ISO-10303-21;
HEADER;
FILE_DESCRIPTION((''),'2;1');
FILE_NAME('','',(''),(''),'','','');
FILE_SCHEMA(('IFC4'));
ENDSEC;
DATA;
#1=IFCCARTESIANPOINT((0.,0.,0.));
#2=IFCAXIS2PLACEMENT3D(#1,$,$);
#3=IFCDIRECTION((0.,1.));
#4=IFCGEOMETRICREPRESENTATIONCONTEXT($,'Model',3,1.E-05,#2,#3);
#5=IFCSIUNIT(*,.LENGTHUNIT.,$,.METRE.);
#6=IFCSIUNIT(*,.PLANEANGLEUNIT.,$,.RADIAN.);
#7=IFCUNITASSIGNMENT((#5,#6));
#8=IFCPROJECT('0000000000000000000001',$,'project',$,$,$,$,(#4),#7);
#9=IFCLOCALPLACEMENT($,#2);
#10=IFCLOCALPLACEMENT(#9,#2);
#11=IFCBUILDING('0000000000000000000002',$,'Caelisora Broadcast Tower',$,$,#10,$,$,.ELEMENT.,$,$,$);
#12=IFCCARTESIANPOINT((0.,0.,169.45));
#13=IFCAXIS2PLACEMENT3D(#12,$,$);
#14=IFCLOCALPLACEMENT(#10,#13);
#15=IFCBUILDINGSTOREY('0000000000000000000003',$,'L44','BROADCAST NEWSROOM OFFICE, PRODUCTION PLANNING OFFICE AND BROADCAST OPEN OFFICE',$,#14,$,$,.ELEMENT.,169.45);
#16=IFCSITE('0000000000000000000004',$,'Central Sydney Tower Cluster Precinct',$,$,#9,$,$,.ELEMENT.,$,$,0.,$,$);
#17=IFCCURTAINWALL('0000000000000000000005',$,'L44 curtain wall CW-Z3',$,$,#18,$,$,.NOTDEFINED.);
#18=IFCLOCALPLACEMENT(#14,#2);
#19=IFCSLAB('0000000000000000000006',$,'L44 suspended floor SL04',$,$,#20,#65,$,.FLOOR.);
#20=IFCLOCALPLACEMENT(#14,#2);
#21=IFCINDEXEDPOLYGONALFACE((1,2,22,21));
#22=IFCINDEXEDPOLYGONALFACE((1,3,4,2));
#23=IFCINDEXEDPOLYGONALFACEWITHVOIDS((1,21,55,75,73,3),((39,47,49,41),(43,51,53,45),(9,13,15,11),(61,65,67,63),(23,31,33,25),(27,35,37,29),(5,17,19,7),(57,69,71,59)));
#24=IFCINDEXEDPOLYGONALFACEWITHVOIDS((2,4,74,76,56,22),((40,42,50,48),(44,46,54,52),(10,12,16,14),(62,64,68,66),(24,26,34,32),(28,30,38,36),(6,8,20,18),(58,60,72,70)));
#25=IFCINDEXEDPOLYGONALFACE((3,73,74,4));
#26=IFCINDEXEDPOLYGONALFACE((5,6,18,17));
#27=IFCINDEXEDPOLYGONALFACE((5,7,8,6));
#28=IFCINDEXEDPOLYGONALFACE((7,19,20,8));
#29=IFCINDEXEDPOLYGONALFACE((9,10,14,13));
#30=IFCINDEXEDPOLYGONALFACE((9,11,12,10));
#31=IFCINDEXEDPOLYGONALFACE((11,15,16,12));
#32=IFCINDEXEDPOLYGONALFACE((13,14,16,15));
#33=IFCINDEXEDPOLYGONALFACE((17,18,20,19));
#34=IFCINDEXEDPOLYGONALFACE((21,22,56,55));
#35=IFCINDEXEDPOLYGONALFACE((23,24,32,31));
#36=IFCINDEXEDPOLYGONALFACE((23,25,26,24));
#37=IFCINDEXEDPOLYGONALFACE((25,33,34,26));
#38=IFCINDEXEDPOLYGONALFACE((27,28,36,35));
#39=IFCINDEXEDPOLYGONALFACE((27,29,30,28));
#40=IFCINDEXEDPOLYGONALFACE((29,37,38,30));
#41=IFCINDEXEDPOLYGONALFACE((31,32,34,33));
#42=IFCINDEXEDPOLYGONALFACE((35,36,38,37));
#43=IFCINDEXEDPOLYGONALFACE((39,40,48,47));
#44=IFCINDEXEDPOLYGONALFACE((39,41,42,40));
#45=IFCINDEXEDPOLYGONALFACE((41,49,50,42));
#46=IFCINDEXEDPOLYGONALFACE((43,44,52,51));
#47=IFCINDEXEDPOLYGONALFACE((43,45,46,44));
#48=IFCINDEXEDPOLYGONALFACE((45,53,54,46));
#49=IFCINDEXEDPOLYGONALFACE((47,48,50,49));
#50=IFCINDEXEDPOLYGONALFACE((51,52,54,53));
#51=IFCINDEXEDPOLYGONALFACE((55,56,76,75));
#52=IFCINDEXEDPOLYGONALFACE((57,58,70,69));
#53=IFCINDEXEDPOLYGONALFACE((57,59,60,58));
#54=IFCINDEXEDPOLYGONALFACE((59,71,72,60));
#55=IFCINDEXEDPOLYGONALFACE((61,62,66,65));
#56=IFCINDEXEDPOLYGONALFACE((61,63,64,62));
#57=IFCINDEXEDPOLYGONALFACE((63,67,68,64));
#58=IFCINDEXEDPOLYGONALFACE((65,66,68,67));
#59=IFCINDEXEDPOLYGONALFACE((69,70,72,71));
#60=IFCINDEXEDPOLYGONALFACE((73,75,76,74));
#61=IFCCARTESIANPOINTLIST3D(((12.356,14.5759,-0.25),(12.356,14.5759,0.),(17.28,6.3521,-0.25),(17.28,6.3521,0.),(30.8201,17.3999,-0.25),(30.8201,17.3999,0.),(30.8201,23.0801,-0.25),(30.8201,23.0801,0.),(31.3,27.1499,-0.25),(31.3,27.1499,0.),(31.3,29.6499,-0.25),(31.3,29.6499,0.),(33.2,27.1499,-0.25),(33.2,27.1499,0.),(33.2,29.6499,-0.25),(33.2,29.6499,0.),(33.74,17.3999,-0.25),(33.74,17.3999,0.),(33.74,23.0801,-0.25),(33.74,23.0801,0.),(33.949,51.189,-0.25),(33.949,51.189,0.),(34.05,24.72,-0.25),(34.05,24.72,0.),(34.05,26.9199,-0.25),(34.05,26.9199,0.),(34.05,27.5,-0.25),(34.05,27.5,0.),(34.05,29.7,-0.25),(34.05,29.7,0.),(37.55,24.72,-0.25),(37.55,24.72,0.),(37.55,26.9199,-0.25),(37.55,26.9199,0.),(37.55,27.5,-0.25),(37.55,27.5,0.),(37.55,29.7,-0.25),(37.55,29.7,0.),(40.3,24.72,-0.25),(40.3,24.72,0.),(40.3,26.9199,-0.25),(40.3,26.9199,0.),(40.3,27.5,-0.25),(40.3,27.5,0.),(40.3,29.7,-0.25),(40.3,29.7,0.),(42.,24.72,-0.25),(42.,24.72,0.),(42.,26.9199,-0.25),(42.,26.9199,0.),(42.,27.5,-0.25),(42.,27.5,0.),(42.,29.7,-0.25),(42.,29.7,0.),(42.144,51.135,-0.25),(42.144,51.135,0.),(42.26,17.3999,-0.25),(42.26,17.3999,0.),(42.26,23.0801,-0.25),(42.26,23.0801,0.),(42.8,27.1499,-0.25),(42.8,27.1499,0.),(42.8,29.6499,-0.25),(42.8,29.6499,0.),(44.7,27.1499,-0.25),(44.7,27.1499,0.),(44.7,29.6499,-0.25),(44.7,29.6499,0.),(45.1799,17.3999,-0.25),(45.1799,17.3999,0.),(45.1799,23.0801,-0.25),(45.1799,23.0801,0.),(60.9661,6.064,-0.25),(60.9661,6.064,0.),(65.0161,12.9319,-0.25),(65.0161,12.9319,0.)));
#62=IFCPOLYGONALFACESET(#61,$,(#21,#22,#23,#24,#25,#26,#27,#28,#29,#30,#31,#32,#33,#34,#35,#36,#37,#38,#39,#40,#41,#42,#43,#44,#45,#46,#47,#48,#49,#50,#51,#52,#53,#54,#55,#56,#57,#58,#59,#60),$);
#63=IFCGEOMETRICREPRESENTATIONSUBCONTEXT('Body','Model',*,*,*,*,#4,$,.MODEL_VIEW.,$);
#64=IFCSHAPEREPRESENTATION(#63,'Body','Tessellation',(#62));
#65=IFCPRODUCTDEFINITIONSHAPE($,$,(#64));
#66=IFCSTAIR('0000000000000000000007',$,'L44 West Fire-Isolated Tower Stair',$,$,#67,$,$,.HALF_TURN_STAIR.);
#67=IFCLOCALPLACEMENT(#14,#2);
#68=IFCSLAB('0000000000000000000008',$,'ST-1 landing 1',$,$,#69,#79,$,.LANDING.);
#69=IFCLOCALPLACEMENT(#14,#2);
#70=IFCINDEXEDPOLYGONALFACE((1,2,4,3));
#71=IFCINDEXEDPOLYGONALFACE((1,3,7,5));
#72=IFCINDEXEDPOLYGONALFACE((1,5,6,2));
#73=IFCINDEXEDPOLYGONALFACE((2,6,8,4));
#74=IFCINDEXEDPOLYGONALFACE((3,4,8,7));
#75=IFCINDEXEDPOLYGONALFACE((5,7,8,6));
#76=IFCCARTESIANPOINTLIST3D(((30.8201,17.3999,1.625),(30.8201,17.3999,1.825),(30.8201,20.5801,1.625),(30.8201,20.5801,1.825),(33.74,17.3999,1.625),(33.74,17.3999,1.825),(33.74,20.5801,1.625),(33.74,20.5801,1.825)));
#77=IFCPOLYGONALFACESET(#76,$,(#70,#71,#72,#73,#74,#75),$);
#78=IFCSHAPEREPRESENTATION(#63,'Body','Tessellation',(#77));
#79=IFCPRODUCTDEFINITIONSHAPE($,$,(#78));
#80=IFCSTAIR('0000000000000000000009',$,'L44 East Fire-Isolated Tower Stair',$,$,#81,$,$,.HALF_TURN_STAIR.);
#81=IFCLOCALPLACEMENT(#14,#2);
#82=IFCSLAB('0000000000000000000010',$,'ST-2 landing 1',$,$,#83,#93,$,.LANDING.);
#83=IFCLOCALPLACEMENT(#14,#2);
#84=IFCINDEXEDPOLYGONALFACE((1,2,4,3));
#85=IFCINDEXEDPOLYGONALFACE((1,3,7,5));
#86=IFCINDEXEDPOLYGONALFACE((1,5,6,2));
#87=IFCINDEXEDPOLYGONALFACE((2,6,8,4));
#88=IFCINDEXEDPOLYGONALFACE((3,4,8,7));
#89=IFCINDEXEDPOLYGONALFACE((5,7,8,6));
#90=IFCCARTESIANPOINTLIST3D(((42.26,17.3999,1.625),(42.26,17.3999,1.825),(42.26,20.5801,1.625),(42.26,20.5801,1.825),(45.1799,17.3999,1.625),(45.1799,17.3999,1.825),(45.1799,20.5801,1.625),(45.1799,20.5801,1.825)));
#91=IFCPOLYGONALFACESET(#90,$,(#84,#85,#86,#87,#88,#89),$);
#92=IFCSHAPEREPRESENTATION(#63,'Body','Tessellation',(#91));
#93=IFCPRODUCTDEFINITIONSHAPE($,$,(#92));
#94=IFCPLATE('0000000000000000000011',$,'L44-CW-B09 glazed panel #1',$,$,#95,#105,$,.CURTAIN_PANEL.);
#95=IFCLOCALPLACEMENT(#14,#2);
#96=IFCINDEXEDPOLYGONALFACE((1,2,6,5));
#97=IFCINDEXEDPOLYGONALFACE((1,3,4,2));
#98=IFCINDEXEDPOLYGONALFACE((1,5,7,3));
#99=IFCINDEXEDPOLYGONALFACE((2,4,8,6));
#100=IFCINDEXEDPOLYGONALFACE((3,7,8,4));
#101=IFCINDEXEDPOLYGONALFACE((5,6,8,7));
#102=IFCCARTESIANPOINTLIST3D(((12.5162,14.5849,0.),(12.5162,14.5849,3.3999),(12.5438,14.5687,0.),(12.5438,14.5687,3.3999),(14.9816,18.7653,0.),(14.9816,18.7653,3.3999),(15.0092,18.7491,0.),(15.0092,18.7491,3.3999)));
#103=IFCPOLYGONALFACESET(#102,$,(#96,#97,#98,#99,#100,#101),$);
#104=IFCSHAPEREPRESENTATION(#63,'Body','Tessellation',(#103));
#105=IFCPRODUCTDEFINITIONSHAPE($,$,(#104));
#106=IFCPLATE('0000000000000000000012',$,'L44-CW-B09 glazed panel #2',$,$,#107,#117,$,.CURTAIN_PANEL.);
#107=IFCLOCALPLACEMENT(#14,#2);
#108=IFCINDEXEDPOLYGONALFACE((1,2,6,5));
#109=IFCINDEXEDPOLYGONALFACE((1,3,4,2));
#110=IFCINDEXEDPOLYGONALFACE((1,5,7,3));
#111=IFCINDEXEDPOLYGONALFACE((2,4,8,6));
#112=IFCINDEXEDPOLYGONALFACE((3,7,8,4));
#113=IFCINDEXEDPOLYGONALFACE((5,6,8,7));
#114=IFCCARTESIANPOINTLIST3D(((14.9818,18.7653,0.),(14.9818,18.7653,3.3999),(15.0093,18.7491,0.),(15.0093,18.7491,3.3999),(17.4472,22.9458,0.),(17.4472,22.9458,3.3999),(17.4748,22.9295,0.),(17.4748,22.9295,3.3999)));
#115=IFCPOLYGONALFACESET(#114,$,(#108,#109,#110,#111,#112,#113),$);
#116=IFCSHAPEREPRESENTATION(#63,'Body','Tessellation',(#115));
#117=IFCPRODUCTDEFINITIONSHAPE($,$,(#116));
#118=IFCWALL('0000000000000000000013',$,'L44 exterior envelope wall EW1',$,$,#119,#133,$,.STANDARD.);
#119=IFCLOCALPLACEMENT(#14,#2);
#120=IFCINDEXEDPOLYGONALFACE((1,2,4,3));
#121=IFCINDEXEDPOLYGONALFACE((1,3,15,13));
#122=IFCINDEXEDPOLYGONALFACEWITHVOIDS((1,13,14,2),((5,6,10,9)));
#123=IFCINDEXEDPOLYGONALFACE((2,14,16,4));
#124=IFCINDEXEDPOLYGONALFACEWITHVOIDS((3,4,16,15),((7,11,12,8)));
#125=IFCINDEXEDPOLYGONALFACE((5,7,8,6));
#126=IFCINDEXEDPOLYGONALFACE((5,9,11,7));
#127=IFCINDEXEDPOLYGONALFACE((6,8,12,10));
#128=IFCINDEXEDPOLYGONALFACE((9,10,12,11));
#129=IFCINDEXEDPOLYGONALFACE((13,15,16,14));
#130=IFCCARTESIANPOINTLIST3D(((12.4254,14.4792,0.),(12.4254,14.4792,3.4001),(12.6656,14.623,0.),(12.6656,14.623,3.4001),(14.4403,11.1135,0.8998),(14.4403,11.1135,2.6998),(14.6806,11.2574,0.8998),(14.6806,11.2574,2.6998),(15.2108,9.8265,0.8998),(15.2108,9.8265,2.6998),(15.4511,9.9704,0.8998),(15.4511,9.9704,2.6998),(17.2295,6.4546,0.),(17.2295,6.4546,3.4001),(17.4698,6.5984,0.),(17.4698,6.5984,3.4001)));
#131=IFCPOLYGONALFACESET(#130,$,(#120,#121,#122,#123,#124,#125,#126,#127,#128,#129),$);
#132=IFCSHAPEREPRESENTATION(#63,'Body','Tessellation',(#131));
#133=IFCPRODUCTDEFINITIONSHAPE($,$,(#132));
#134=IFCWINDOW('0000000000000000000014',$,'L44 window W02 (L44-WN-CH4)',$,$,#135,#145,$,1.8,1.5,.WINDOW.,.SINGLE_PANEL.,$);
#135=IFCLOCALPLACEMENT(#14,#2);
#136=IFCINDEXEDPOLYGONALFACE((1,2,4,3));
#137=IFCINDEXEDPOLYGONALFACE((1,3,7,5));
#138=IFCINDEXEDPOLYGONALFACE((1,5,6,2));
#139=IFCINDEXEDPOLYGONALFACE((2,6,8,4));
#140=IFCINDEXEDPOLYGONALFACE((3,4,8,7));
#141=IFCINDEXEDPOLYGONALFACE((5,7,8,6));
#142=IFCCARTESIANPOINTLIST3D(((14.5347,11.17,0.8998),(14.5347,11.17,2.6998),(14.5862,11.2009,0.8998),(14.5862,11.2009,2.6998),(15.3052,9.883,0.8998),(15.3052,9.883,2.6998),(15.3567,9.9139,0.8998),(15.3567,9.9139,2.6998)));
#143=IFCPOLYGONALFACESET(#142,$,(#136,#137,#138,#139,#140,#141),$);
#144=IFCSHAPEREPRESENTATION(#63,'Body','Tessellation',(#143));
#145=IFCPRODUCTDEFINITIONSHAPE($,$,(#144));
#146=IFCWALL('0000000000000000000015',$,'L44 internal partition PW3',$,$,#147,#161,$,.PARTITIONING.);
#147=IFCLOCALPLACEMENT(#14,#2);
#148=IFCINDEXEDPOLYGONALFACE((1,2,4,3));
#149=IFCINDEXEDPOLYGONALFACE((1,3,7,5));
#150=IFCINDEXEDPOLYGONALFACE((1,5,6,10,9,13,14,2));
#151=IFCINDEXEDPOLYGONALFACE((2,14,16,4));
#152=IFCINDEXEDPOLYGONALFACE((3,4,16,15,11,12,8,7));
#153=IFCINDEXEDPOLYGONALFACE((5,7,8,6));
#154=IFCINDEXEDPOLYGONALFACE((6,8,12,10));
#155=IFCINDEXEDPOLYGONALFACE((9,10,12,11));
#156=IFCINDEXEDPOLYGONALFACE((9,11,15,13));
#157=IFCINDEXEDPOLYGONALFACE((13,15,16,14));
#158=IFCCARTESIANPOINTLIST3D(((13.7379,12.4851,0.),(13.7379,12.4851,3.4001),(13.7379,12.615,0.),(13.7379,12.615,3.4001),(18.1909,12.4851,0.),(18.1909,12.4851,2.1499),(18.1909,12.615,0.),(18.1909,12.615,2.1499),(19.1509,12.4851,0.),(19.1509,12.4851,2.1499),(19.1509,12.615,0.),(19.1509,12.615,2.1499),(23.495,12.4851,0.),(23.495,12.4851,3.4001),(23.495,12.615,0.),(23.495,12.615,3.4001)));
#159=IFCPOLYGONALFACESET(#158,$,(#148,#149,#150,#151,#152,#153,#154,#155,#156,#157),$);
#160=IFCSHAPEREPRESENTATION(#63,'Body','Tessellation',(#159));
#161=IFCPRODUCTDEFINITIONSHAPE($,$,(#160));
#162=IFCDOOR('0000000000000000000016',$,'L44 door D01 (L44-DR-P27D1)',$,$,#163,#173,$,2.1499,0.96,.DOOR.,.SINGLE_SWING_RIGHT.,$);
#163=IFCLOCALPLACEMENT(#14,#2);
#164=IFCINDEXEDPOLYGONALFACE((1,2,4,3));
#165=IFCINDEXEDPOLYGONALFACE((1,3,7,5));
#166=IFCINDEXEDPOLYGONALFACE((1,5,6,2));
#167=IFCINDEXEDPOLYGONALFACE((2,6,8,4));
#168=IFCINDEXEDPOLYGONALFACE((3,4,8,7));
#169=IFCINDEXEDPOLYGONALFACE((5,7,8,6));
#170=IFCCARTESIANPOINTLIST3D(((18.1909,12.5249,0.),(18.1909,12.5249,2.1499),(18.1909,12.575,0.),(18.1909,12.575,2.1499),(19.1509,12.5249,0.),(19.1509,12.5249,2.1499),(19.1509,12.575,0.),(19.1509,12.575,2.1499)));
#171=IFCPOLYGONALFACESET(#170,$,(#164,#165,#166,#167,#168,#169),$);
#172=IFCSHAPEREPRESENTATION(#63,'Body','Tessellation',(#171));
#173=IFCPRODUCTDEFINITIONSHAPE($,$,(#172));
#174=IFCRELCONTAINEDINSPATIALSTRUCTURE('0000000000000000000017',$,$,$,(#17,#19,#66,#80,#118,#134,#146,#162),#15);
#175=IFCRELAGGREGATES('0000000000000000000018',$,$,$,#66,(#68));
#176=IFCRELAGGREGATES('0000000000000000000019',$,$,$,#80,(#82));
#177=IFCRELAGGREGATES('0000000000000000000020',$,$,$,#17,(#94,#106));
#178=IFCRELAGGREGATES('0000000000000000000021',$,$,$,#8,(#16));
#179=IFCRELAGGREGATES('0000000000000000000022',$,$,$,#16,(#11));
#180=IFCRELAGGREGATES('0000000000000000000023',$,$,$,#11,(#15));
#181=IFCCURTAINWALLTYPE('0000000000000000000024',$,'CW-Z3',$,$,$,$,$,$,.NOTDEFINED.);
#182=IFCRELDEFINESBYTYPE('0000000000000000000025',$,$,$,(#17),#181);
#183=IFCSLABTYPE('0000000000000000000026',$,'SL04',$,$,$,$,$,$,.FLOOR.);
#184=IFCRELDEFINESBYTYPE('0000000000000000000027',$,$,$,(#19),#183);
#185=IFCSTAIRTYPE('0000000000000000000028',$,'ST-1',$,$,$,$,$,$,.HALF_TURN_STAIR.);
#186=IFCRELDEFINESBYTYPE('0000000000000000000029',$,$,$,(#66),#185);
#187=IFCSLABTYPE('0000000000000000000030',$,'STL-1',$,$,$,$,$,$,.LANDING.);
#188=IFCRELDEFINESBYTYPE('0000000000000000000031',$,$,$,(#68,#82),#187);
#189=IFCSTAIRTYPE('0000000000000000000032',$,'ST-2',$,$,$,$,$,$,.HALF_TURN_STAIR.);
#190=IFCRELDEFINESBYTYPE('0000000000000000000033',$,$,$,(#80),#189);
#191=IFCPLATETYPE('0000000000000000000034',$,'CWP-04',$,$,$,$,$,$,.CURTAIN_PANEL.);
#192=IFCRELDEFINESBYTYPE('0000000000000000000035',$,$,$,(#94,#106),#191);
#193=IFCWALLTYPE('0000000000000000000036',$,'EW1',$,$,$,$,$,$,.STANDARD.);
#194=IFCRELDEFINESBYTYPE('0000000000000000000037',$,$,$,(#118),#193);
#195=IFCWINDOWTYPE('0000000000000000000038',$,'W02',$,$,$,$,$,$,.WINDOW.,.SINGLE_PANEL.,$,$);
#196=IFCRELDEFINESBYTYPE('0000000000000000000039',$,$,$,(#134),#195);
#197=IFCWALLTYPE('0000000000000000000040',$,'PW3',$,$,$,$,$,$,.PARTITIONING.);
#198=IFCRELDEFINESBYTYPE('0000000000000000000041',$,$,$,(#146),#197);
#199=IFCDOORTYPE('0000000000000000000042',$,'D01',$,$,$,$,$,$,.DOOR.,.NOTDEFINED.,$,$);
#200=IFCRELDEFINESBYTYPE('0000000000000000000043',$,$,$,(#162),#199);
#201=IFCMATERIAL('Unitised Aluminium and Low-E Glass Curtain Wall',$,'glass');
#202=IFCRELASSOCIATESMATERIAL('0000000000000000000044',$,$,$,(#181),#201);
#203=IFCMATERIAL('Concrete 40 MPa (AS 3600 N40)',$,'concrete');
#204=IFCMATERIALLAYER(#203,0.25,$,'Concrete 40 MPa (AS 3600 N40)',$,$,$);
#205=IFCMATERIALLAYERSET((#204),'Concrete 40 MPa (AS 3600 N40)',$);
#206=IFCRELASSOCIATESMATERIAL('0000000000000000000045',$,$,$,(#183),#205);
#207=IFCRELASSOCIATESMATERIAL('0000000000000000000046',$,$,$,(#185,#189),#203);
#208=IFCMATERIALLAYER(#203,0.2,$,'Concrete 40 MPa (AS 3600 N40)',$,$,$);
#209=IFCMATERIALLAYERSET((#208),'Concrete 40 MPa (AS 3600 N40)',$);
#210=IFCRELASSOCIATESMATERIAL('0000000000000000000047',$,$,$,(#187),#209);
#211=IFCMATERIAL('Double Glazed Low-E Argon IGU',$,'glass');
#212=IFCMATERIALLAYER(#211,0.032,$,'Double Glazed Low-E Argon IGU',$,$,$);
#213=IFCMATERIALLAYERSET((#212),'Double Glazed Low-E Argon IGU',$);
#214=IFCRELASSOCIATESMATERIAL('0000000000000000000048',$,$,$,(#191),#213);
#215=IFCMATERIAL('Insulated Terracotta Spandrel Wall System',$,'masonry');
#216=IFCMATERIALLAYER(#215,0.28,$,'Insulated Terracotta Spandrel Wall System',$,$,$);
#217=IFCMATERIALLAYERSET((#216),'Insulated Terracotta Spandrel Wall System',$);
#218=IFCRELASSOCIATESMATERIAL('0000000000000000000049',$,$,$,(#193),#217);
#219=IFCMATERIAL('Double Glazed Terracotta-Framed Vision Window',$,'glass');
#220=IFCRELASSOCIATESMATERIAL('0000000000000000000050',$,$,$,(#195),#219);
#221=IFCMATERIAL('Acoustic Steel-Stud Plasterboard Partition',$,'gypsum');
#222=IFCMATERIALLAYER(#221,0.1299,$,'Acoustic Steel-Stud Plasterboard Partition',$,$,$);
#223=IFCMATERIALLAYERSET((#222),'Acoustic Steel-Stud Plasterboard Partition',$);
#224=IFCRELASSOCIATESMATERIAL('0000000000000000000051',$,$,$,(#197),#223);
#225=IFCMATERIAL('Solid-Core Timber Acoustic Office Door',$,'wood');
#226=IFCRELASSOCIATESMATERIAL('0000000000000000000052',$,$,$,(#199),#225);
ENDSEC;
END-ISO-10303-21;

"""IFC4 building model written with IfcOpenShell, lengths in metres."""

from ifc_helpers import new_model, si_unit, direction, frame, frame_2d, origin, origin_2d, place, context, subcontext, project, spatial, polyline, rectangle, outline, extrude, source, transform, mapped, material, layer, layer_set, type_object, type_shapes, element, fill, aggregate, save


model = new_model("IFC4")

# Units and contexts
model_context = context("Model", 3, precision=1e-05, world=origin(), true_north=direction((0.0, 1.0)))
body_context = subcontext(model_context, "Body", "Model", "MODEL_VIEW")
ifc_project = project(units=[si_unit("LENGTHUNIT", "METRE"), si_unit("PLANEANGLEUNIT", "RADIAN")], contexts=[model_context])

# Site, building, storey
site_placement = place(None, origin())
site = spatial("IfcSite", under=ifc_project, at=site_placement, Name="Central Sydney Tower Cluster Precinct", CompositionType="ELEMENT", RefElevation=0.0)
building_placement = place(site_placement, origin())
building = spatial("IfcBuilding", under=site, at=building_placement, Name="Caelisora Broadcast Tower", CompositionType="ELEMENT")
storey_placement = place(building_placement, frame((0.0, 0.0, 169.45)))
storey = spatial("IfcBuildingStorey", under=building, at=storey_placement, Name="L44", Description="BROADCAST NEWSROOM OFFICE, PRODUCTION PLANNING OFFICE AND BROADCAST OPEN OFFICE", CompositionType="ELEMENT", Elevation=169.45)

# Shared definitions
ifc_material_1 = material(Name="Unitised Aluminium and Low-E Glass Curtain Wall", Category="glass")
curtain_wall_type = type_object("IfcCurtainWallType", Name="CW-Z3", PredefinedType="NOTDEFINED", material=ifc_material_1)

# Curtain wall
curtain_wall_1_placement = place(storey_placement, origin())
curtain_wall_1 = element("IfcCurtainWall", 1, at=curtain_wall_1_placement, inside=storey, type_object=curtain_wall_type, Name="L44 curtain wall CW-Z3", PredefinedType="NOTDEFINED")

# Slab
ifc_material_2 = material(Name="Concrete 40 MPa (AS 3600 N40)", Category="concrete")
ifc_layer_1 = layer(ifc_material_2, 0.25, Name="Concrete 40 MPa (AS 3600 N40)")
ifc_layer_set_1 = layer_set([ifc_layer_1], Name="Concrete 40 MPa (AS 3600 N40)")
slab_type_1 = type_object("IfcSlabType", Name="SL04", PredefinedType="FLOOR", material=ifc_layer_set_1)
slab_1_placement = place(storey_placement, frame((0.0, 0.0, -0.25)))
element("IfcSlab", 2, at=slab_1_placement, inside=storey, type_object=slab_type_1, Name="L44 suspended floor SL04", PredefinedType="FLOOR", context=body_context, shape_type="SweptSolid", body=[
    extrude(outline(polyline([(42.144, 51.135), (33.949, 51.189), (12.356, 14.5759), (17.28, 6.3521), (60.9661, 6.064), (65.0161, 12.9319), (42.144, 51.135)]), holes=[polyline([(30.8201, 17.3999), (33.74, 17.3999), (33.74, 23.0801), (30.8201, 23.0801), (30.8201, 17.3999)]), polyline([(42.26, 17.3999), (45.1799, 17.3999), (45.1799, 23.0801), (42.26, 23.0801), (42.26, 17.3999)]), polyline([(42.8, 27.1499), (44.7, 27.1499), (44.7, 29.6499), (42.8, 29.6499), (42.8, 27.1499)]), polyline([(40.3, 24.72), (42.0, 24.72), (42.0, 26.9199), (40.3, 26.9199), (40.3, 24.72)]), polyline([(40.3, 27.5), (42.0, 27.5), (42.0, 29.7), (40.3, 29.7), (40.3, 27.5)]), polyline([(34.05, 24.72), (37.55, 24.72), (37.55, 26.9199), (34.05, 26.9199), (34.05, 24.72)]), polyline([(34.05, 27.5), (37.55, 27.5), (37.55, 29.7), (34.05, 29.7), (34.05, 27.5)]), polyline([(31.3, 27.1499), (33.2, 27.1499), (33.2, 29.6499), (31.3, 29.6499), (31.3, 27.1499)])]), origin(), (0.0, 0.0, 1.0), 0.25),
])

# Stairs, slabs
stair_type_1 = type_object("IfcStairType", Name="ST-1", PredefinedType="HALF_TURN_STAIR", material=ifc_material_2)
stair_1_placement = place(storey_placement, origin())
stair_1 = element("IfcStair", 3, at=stair_1_placement, inside=storey, type_object=stair_type_1, Name="L44 West Fire-Isolated Tower Stair", PredefinedType="HALF_TURN_STAIR")
ifc_layer_2 = layer(ifc_material_2, 0.2, Name="Concrete 40 MPa (AS 3600 N40)")
ifc_layer_set_2 = layer_set([ifc_layer_2], Name="Concrete 40 MPa (AS 3600 N40)")
slab_type_2 = type_object("IfcSlabType", Name="STL-1", PredefinedType="LANDING", material=ifc_layer_set_2)
slab_2_placement = place(storey_placement, frame((0.0, 0.0, 1.625)))
slab_2 = element("IfcSlab", 4, at=slab_2_placement, type_object=slab_type_2, Name="ST-1 landing 1", PredefinedType="LANDING", context=body_context, shape_type="SweptSolid", body=[
    extrude(outline(polyline([(30.8201, 20.5801), (30.8201, 17.3999), (33.74, 17.3999), (33.74, 20.5801), (30.8201, 20.5801)])), origin(), (0.0, 0.0, 1.0), 0.2),
])
aggregate(stair_1, [slab_2])
stair_type_2 = type_object("IfcStairType", Name="ST-2", PredefinedType="HALF_TURN_STAIR", material=ifc_material_2)
stair_2_placement = place(storey_placement, origin())
stair_2 = element("IfcStair", 5, at=stair_2_placement, inside=storey, type_object=stair_type_2, Name="L44 East Fire-Isolated Tower Stair", PredefinedType="HALF_TURN_STAIR")
slab_3_placement = place(storey_placement, frame((0.0, 0.0, 1.625)))
slab_3 = element("IfcSlab", 6, at=slab_3_placement, type_object=slab_type_2, Name="ST-2 landing 1", PredefinedType="LANDING", context=body_context, shape_type="SweptSolid", body=[
    extrude(outline(polyline([(42.26, 20.5801), (42.26, 17.3999), (45.1799, 17.3999), (45.1799, 20.5801), (42.26, 20.5801)])), origin(), (0.0, 0.0, 1.0), 0.2),
])
aggregate(stair_2, [slab_3])

# Plates
ifc_material_3 = material(Name="Double Glazed Low-E Argon IGU", Category="glass")
ifc_layer_3 = layer(ifc_material_3, 0.032, Name="Double Glazed Low-E Argon IGU")
ifc_layer_set_3 = layer_set([ifc_layer_3], Name="Double Glazed Low-E Argon IGU")
plate_type = type_object("IfcPlateType", Name="CWP-04", PredefinedType="CURTAIN_PANEL", material=ifc_layer_set_3)
shared_shape_1 = source(origin(), body_context, "Body", "SweptSolid", [
    extrude(rectangle(XDim=4.8533, YDim=0.032, at=origin_2d()), origin(), (0.0, 0.0, 1.0), 3.3999),
])
type_shapes(plate_type, [shared_shape_1])
plate_1_placement = place(storey_placement, frame((13.7627, 16.667, 0.0), z_axis=(0.0, 0.0, 1.0), x_axis=(0.507989, 0.861363, 0.0)))
plate_1 = element("IfcPlate", 7, at=plate_1_placement, type_object=plate_type, Name="L44-CW-B09 glazed panel #1", PredefinedType="CURTAIN_PANEL", context=body_context, shape_type="MappedRepresentation", body=[
    mapped(shared_shape_1, transform((0.0, 0.0, 0.0), scale=1.0)),
])
plate_2_placement = place(storey_placement, frame((16.2283, 20.8474, 0.0), z_axis=(0.0, 0.0, 1.0), x_axis=(0.507989, 0.861363, 0.0)))
plate_2 = element("IfcPlate", 8, at=plate_2_placement, type_object=plate_type, Name="L44-CW-B09 glazed panel #2", PredefinedType="CURTAIN_PANEL", context=body_context, shape_type="MappedRepresentation", body=[
    mapped(shared_shape_1, transform((0.0, 0.0, 0.0), scale=1.0)),
])
aggregate(curtain_wall_1, [plate_1, plate_2])

# Wall, opening, window
ifc_material_4 = material(Name="Insulated Terracotta Spandrel Wall System", Category="masonry")
ifc_layer_4 = layer(ifc_material_4, 0.28, Name="Insulated Terracotta Spandrel Wall System")
ifc_layer_set_4 = layer_set([ifc_layer_4], Name="Insulated Terracotta Spandrel Wall System")
wall_type_1 = type_object("IfcWallType", Name="EW1", PredefinedType="STANDARD", material=ifc_layer_set_4)
wall_1_placement = place(storey_placement, frame((17.3496, 6.5266, 0.0), z_axis=(0.0, 0.0, 1.0), x_axis=(-0.513663, 0.857992, 0.0)))
wall_1 = element("IfcWall", 9, at=wall_1_placement, inside=storey, type_object=wall_type_1, Name="L44 exterior envelope wall EW1", PredefinedType="STANDARD", context=body_context, shape_type="SweptSolid", body=[
    extrude(rectangle(XDim=9.3528, YDim=0.28, at=frame_2d((4.6763, 0.0))), origin(), (0.0, 0.0, 1.0), 3.4001),
])
opening_1_placement = place(wall_1_placement, frame((3.9299, 0.0, 0.8999)))
opening_1 = element("IfcOpeningElement", 10, at=opening_1_placement, cuts=wall_1, PredefinedType="OPENING", context=body_context, shape_type="SweptSolid", body=[
    extrude(rectangle(XDim=1.5, YDim=1.8, at=frame_2d((0.75, 0.8999))), frame((0.0, 0.1521, 0.0), z_axis=(0.0, -1.0, 0.0), x_axis=(1.0, 0.0, 0.0)), (0.0, 0.0, 1.0), 0.304),
])
ifc_material_5 = material(Name="Double Glazed Terracotta-Framed Vision Window", Category="glass")
window_type = type_object("IfcWindowType", Name="W02", PartitioningType="SINGLE_PANEL", PredefinedType="WINDOW", material=ifc_material_5)
window_placement = place(opening_1_placement, origin())
window = element("IfcWindow", 11, at=window_placement, inside=storey, type_object=window_type, Name="L44 window W02 (L44-WN-CH4)", OverallHeight=1.8, OverallWidth=1.5, PartitioningType="SINGLE_PANEL", PredefinedType="WINDOW", context=body_context, shape_type="SweptSolid", body=[
    extrude(rectangle(XDim=1.5, YDim=1.8, at=frame_2d((0.75, 0.8999))), frame((0.0, 0.03, 0.0), z_axis=(0.0, -1.0, 0.0), x_axis=(1.0, 0.0, 0.0)), (0.0, 0.0, 1.0), 0.0601),
])
fill(opening_1, window)

# Wall, opening, door
ifc_material_6 = material(Name="Acoustic Steel-Stud Plasterboard Partition", Category="gypsum")
ifc_layer_5 = layer(ifc_material_6, 0.1299, Name="Acoustic Steel-Stud Plasterboard Partition")
ifc_layer_set_5 = layer_set([ifc_layer_5], Name="Acoustic Steel-Stud Plasterboard Partition")
wall_type_2 = type_object("IfcWallType", Name="PW3", PredefinedType="PARTITIONING", material=ifc_layer_set_5)
wall_2_placement = place(storey_placement, frame((13.738, 12.55, 0.0), z_axis=(0.0, 0.0, 1.0), x_axis=(1.0, 0.0, 0.0)))
wall_2 = element("IfcWall", 12, at=wall_2_placement, inside=storey, type_object=wall_type_2, Name="L44 internal partition PW3", PredefinedType="PARTITIONING", context=body_context, shape_type="SweptSolid", body=[
    extrude(rectangle(XDim=9.7571, YDim=0.1299, at=frame_2d((4.8784, 0.0))), origin(), (0.0, 0.0, 1.0), 3.4001),
])
opening_2_placement = place(wall_2_placement, frame((4.4529, 0.0, 0.0)))
opening_2 = element("IfcOpeningElement", 13, at=opening_2_placement, cuts=wall_2, PredefinedType="OPENING", context=body_context, shape_type="SweptSolid", body=[
    extrude(rectangle(XDim=0.96, YDim=2.1499, at=frame_2d((0.48, 1.075))), frame((0.0, 0.0769, 0.0), z_axis=(0.0, -1.0, 0.0), x_axis=(1.0, 0.0, 0.0)), (0.0, 0.0, 1.0), 0.1538),
])
ifc_material_7 = material(Name="Solid-Core Timber Acoustic Office Door", Category="wood")
door_type = type_object("IfcDoorType", Name="D01", OperationType="NOTDEFINED", PredefinedType="DOOR", material=ifc_material_7)
door_placement = place(opening_2_placement, origin())
door = element("IfcDoor", 14, at=door_placement, inside=storey, type_object=door_type, Name="L44 door D01 (L44-DR-P27D1)", OperationType="SINGLE_SWING_RIGHT", OverallHeight=2.1499, OverallWidth=0.96, PredefinedType="DOOR", context=body_context, shape_type="SweptSolid", body=[
    extrude(rectangle(XDim=0.96, YDim=2.1499, at=frame_2d((0.48, 1.075))), frame((0.0, 0.0249, 0.0), z_axis=(0.0, -1.0, 0.0), x_axis=(1.0, 0.0, 0.0)), (0.0, 0.0, 1.0), 0.05),
])
fill(opening_2, door)

save(model, "model.ifc")
